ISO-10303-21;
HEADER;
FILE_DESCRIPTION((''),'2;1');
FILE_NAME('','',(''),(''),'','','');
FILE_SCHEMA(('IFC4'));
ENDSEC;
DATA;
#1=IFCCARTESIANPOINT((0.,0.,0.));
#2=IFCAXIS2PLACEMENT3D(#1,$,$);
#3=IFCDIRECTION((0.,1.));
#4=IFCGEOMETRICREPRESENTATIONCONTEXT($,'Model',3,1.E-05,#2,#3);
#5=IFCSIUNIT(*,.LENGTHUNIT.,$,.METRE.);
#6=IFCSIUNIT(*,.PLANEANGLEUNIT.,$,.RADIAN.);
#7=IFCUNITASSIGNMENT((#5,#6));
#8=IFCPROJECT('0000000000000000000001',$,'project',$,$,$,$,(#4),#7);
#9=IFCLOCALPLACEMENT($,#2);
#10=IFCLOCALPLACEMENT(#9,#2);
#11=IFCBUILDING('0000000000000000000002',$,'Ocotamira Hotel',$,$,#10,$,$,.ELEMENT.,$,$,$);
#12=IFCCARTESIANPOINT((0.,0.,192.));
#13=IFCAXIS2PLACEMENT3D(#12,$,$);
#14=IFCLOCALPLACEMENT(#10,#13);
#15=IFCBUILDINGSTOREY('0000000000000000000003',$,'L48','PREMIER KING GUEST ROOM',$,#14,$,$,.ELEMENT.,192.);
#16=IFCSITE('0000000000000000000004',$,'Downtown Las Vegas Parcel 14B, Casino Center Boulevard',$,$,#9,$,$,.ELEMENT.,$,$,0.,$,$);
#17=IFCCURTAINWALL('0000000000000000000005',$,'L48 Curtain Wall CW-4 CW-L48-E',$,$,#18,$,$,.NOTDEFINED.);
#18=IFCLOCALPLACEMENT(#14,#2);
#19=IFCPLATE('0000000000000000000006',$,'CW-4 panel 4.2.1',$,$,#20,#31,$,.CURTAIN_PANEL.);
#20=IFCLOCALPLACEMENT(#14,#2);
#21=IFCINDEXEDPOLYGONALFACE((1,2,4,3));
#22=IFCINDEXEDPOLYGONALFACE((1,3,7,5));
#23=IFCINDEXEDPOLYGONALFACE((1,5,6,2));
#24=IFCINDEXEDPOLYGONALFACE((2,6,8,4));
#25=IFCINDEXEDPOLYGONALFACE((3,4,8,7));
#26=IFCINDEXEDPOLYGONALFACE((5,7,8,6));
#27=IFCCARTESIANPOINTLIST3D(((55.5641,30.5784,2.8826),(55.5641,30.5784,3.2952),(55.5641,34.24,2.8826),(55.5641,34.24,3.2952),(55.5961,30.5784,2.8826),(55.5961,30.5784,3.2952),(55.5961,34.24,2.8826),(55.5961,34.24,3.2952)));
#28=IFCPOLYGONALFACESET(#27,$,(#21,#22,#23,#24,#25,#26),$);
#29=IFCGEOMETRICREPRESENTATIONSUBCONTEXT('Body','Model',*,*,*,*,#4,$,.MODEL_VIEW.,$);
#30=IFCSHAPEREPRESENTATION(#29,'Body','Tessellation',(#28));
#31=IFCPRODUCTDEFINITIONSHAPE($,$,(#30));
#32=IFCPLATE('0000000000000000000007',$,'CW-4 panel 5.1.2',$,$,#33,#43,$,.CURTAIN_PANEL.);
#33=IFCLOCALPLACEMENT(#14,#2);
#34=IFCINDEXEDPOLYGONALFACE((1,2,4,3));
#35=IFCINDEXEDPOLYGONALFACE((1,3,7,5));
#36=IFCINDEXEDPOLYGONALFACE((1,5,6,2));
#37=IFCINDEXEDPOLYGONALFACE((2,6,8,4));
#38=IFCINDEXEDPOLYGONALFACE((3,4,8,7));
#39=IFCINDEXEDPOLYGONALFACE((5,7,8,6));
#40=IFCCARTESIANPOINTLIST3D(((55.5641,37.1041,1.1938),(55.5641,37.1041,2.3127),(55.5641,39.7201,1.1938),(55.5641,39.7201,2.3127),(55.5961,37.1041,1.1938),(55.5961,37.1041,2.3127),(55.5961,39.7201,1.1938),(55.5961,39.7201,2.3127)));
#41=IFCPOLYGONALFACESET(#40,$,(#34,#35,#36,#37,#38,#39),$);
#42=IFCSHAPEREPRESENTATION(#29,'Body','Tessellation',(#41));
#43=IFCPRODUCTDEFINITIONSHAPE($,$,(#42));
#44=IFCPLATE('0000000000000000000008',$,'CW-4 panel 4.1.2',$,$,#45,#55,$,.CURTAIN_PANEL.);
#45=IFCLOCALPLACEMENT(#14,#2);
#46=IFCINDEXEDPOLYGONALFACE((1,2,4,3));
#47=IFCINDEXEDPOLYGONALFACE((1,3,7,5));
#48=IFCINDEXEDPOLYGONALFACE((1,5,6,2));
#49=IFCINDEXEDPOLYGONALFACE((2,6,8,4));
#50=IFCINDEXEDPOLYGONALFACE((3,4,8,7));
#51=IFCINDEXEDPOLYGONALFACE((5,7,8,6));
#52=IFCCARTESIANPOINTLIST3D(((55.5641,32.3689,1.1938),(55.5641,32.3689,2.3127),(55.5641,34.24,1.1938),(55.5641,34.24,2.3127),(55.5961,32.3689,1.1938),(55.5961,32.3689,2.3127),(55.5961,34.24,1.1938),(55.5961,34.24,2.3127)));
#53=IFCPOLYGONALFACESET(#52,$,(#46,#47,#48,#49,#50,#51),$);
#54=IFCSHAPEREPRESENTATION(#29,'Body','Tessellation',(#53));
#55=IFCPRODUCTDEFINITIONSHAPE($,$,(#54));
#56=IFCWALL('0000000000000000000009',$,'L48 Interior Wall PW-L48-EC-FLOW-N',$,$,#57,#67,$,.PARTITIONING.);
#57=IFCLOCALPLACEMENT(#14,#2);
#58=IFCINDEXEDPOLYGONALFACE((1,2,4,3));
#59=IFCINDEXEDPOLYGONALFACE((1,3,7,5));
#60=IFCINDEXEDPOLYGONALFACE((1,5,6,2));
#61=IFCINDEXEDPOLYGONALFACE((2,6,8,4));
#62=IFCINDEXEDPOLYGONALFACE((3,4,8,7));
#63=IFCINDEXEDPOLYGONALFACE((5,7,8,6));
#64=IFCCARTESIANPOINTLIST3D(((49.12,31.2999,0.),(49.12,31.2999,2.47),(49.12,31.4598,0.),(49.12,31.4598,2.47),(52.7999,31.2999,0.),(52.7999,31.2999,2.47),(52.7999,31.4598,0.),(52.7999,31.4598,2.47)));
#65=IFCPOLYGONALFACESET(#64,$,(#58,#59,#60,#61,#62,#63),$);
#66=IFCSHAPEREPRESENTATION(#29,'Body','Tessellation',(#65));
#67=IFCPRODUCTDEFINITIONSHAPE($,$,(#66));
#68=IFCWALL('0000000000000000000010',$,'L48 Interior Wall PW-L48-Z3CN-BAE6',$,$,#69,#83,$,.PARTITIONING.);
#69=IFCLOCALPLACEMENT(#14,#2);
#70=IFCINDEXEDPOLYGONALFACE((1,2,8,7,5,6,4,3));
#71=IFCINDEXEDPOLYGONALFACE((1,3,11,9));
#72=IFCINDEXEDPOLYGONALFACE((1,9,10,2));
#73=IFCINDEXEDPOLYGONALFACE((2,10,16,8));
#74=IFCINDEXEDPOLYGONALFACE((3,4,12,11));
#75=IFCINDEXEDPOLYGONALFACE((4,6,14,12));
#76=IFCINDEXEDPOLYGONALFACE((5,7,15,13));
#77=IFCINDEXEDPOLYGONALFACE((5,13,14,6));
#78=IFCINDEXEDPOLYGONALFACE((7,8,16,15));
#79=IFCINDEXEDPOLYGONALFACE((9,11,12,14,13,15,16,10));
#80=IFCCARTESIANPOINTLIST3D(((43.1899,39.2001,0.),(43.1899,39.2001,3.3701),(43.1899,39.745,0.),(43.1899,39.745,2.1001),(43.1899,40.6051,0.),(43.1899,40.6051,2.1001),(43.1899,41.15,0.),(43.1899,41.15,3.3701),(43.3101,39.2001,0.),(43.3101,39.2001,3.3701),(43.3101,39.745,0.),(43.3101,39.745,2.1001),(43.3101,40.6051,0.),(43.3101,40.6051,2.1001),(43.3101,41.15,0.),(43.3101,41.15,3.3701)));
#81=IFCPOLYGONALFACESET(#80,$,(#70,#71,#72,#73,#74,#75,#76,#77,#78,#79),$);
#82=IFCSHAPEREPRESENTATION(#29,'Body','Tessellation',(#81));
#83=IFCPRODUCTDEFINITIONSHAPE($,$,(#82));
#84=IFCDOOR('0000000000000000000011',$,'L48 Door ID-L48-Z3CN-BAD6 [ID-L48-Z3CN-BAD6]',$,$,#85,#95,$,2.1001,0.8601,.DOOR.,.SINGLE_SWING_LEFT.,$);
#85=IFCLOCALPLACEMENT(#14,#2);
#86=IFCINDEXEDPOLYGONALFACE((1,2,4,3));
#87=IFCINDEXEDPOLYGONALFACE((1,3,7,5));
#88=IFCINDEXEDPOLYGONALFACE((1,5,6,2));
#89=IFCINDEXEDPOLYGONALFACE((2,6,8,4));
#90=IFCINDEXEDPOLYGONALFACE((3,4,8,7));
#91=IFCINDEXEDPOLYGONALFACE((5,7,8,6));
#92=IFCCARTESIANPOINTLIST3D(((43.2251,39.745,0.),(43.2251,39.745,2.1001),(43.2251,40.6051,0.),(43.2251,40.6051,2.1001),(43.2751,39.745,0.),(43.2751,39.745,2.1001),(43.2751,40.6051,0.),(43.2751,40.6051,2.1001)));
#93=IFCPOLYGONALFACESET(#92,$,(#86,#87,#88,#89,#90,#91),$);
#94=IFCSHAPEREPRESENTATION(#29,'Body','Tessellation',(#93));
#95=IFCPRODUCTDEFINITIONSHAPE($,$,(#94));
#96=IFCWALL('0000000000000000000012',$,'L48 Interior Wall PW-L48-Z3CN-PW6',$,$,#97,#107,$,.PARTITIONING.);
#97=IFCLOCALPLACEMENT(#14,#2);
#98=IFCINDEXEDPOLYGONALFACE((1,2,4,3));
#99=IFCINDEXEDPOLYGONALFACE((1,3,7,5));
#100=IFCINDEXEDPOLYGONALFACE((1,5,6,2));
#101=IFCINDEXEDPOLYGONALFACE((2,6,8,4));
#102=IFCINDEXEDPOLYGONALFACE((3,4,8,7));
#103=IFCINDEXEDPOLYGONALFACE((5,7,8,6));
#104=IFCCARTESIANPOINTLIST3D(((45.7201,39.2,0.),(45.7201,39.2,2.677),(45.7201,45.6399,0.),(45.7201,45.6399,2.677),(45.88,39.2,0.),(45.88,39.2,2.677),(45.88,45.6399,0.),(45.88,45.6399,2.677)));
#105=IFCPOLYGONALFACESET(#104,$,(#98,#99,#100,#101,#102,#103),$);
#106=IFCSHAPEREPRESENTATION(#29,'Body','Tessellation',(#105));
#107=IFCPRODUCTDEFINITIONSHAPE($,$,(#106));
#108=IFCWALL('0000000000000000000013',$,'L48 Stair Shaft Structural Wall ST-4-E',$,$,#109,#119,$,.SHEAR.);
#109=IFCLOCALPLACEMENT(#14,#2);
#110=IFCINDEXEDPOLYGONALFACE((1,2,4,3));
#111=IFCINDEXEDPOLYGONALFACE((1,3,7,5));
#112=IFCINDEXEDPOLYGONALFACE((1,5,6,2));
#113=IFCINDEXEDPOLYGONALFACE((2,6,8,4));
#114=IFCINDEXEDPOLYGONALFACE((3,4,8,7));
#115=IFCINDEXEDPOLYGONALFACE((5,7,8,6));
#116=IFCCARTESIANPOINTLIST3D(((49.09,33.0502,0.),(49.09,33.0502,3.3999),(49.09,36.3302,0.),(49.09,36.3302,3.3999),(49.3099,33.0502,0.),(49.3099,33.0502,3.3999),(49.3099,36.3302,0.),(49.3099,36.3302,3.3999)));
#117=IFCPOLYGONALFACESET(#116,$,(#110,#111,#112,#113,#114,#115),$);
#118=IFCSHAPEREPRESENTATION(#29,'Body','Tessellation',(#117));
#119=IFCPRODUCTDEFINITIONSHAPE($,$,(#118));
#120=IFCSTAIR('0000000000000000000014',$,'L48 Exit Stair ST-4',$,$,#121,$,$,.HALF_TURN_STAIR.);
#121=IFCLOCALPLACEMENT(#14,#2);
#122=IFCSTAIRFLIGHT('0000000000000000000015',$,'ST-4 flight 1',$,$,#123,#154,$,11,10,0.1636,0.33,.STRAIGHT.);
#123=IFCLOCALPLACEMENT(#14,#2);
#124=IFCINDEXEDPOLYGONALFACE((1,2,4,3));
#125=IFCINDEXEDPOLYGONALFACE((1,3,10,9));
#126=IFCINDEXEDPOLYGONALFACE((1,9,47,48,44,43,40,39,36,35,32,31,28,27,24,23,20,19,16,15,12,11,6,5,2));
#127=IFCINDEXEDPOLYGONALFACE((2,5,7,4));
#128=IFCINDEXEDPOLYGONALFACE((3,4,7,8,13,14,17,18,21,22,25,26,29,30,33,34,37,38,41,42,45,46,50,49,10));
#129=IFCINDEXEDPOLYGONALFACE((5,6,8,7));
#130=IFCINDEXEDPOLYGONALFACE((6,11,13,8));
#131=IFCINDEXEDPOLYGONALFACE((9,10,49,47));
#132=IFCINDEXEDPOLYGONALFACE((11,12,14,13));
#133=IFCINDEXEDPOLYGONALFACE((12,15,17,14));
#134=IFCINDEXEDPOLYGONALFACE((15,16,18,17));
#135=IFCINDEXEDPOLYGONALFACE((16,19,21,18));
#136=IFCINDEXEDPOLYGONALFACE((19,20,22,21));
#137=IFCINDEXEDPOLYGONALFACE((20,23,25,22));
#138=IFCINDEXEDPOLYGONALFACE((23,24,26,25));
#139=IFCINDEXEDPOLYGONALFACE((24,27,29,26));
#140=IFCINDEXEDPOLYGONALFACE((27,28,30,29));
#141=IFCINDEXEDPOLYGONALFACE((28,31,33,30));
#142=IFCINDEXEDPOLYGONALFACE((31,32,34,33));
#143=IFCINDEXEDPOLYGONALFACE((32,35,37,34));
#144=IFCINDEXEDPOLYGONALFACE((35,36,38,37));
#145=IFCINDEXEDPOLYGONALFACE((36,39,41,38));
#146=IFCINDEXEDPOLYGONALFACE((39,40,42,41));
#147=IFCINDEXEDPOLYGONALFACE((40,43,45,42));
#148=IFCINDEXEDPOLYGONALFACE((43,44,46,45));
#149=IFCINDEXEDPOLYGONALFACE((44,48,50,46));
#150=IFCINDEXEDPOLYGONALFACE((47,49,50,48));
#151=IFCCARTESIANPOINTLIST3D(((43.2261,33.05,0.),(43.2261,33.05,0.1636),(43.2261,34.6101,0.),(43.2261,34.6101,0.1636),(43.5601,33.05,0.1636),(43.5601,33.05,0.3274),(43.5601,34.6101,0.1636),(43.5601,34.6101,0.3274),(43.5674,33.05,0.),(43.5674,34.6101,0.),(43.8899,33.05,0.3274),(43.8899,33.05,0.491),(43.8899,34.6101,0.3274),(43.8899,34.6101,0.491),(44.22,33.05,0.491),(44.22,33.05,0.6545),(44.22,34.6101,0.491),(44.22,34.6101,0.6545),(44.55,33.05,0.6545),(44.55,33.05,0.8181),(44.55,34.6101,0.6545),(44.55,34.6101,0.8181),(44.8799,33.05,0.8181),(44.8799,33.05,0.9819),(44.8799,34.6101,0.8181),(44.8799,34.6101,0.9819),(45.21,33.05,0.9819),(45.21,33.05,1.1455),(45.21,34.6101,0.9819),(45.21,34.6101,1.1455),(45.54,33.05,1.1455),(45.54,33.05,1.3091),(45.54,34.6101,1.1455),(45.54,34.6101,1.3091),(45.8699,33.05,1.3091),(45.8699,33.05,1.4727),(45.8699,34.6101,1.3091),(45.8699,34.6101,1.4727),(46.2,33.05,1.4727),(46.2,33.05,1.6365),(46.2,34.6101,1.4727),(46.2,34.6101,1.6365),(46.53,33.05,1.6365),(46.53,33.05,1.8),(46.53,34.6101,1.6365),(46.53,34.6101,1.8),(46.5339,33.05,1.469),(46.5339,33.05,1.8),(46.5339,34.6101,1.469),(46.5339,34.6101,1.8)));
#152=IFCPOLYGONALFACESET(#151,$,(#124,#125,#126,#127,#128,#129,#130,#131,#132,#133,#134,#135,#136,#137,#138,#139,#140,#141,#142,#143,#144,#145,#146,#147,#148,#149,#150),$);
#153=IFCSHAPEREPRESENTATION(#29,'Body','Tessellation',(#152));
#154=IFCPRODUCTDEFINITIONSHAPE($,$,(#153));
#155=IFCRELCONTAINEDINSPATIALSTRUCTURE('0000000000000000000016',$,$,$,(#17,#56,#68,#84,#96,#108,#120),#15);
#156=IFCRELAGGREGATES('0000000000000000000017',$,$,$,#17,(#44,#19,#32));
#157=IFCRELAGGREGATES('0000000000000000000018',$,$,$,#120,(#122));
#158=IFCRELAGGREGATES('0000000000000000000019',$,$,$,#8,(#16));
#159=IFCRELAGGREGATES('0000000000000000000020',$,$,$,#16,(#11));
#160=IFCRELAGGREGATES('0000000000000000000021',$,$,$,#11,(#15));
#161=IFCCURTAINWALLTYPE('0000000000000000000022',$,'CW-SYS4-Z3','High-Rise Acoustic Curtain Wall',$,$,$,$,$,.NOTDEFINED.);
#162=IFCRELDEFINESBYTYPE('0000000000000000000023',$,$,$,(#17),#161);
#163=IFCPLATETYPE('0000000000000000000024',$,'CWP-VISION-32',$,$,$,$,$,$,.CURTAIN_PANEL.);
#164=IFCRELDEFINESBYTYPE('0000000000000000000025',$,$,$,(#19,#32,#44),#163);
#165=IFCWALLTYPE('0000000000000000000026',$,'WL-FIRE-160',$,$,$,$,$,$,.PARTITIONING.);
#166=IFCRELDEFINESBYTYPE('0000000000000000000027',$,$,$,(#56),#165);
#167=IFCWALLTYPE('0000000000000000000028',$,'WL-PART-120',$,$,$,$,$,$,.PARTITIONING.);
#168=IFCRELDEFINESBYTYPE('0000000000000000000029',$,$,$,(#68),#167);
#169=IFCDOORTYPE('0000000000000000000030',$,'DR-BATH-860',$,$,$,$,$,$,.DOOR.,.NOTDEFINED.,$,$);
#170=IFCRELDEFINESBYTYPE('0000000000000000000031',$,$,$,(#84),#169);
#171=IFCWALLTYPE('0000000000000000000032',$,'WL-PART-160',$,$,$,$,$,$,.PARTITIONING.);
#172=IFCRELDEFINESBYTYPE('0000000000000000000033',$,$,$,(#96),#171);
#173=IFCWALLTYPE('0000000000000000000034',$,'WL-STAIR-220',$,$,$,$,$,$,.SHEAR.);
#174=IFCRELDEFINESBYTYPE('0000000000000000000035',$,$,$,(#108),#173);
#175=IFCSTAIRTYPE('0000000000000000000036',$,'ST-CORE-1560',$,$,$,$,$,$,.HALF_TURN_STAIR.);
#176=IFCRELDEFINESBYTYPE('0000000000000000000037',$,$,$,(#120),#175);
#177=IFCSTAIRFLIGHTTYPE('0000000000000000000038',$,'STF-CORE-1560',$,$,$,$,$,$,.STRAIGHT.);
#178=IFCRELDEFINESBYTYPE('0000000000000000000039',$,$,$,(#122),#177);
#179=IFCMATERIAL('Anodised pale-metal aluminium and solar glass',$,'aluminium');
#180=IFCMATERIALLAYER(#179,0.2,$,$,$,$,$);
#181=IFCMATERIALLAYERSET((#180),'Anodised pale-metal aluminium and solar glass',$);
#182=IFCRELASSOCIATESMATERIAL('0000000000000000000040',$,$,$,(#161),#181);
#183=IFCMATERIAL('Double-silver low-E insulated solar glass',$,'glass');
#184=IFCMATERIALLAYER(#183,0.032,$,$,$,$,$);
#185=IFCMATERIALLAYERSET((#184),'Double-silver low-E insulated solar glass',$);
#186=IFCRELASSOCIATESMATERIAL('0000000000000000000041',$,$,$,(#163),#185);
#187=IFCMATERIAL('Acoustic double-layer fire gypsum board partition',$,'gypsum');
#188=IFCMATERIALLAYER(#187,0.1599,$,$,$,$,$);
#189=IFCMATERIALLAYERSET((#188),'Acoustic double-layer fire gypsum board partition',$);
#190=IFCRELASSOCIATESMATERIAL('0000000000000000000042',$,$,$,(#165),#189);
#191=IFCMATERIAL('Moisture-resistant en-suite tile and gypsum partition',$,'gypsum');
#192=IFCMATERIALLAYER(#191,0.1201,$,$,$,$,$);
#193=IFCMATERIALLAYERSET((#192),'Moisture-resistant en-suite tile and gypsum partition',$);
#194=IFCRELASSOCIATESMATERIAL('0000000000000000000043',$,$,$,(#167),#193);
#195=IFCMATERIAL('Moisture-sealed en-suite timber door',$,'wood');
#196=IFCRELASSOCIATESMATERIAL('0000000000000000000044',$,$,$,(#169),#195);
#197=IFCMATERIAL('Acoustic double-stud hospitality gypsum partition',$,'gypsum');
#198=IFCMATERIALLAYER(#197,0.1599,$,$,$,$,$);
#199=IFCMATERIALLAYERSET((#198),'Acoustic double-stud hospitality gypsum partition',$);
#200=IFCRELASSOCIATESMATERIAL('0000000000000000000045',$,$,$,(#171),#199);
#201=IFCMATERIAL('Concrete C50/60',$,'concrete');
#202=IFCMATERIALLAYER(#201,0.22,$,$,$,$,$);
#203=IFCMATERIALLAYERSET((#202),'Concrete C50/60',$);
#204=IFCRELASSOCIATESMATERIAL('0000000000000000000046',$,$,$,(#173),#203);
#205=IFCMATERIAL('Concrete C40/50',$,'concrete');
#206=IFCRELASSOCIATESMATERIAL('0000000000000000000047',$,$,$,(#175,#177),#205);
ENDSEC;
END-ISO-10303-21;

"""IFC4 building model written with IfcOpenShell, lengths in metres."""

from ifc_helpers import new_model, si_unit, direction, frame, frame_2d, origin, origin_2d, place, context, subcontext, project, spatial, polyline, rectangle, outline, extrude, source, transform, mapped, material, layer, layer_set, type_object, element, fill, aggregate, save


model = new_model("IFC4")

# Units and contexts
model_context = context("Model", 3, precision=1e-05, world=origin(), true_north=direction((0.0, 1.0)))
body_context = subcontext(model_context, "Body", "Model", "MODEL_VIEW")
ifc_project = project(units=[si_unit("LENGTHUNIT", "METRE"), si_unit("PLANEANGLEUNIT", "RADIAN")], contexts=[model_context])

# Site, building, storey
site_placement = place(None, origin())
site = spatial("IfcSite", under=ifc_project, at=site_placement, Name="Downtown Las Vegas Parcel 14B, Casino Center Boulevard", CompositionType="ELEMENT", RefElevation=0.0)
building_placement = place(site_placement, origin())
building = spatial("IfcBuilding", under=site, at=building_placement, Name="Ocotamira Hotel", CompositionType="ELEMENT")
storey_placement = place(building_placement, frame((0.0, 0.0, 192.0)))
storey = spatial("IfcBuildingStorey", under=building, at=storey_placement, Name="L48", Description="PREMIER KING GUEST ROOM", CompositionType="ELEMENT", Elevation=192.0)

# Curtain wall
ifc_material_1 = material(Name="Anodised pale-metal aluminium and solar glass", Category="aluminium")
ifc_layer_1 = layer(ifc_material_1, 0.2)
ifc_layer_set_1 = layer_set([ifc_layer_1], Name="Anodised pale-metal aluminium and solar glass")
curtain_wall_type = type_object("IfcCurtainWallType", Name="CW-SYS4-Z3", Description="High-Rise Acoustic Curtain Wall", PredefinedType="NOTDEFINED", material=ifc_layer_set_1)
curtain_wall_placement = place(storey_placement, origin())
curtain_wall = element("IfcCurtainWall", 1, at=curtain_wall_placement, inside=storey, type_object=curtain_wall_type, Name="L48 Curtain Wall CW-4 CW-L48-E", PredefinedType="NOTDEFINED")

# Plates
ifc_material_2 = material(Name="Double-silver low-E insulated solar glass", Category="glass")
ifc_layer_2 = layer(ifc_material_2, 0.032)
ifc_layer_set_2 = layer_set([ifc_layer_2], Name="Double-silver low-E insulated solar glass")
plate_type_1 = type_object("IfcPlateType", Name="CWP-VISION-32", PredefinedType="CURTAIN_PANEL", material=ifc_layer_set_2)
shared_shape_1 = source(origin(), body_context, "Body", "SweptSolid", [
    extrude(rectangle(XDim=3.6616, YDim=0.032, at=origin_2d()), origin(), (0.0, 0.0, 1.0), 0.4126),
])
plate_1_placement = place(storey_placement, frame((55.5801, 32.4092, 2.8826), z_axis=(0.0, 0.0, 1.0), x_axis=(0.0, 1.0, 0.0)))
plate_1 = element("IfcPlate", 2, at=plate_1_placement, type_object=plate_type_1, Name="CW-4 panel 4.2.1", PredefinedType="CURTAIN_PANEL", context=body_context, shape_type="MappedRepresentation", body=[
    mapped(shared_shape_1, transform((0.0, 0.0, 0.0), scale=1.0)),
])
shared_shape_2 = source(origin(), body_context, "Body", "SweptSolid", [
    extrude(rectangle(XDim=2.616, YDim=0.032, at=origin_2d()), origin(), (0.0, 0.0, 1.0), 1.1189),
])
plate_2_placement = place(storey_placement, frame((55.5801, 38.4121, 1.1938), z_axis=(0.0, 0.0, 1.0), x_axis=(0.0, 1.0, 0.0)))
plate_2 = element("IfcPlate", 3, at=plate_2_placement, type_object=plate_type_1, Name="CW-4 panel 5.1.2", PredefinedType="CURTAIN_PANEL", context=body_context, shape_type="MappedRepresentation", body=[
    mapped(shared_shape_2, transform((0.0, 0.0, 0.0), scale=1.0)),
])
shared_shape_3 = source(origin(), body_context, "Body", "SweptSolid", [
    extrude(rectangle(XDim=1.8711, YDim=0.032, at=origin_2d()), origin(), (0.0, 0.0, 1.0), 1.1189),
])
plate_3_placement = place(storey_placement, frame((55.5801, 33.3044, 1.1938), z_axis=(0.0, 0.0, 1.0), x_axis=(0.0, 1.0, 0.0)))
plate_3 = element("IfcPlate", 4, at=plate_3_placement, type_object=plate_type_1, Name="CW-4 panel 4.1.2", PredefinedType="CURTAIN_PANEL", context=body_context, shape_type="MappedRepresentation", body=[
    mapped(shared_shape_3, transform((0.0, 0.0, 0.0), scale=1.0)),
])
aggregate(curtain_wall, [plate_3, plate_1, plate_2])

# Wall
ifc_material_3 = material(Name="Acoustic double-layer fire gypsum board partition", Category="gypsum")
ifc_layer_3 = layer(ifc_material_3, 0.1599)
ifc_layer_set_3 = layer_set([ifc_layer_3], Name="Acoustic double-layer fire gypsum board partition")
wall_type_1 = type_object("IfcWallType", Name="WL-FIRE-160", PredefinedType="PARTITIONING", material=ifc_layer_set_3)
wall_1_placement = place(storey_placement, frame((49.1201, 31.3799, 0.0), z_axis=(0.0, 0.0, 1.0), x_axis=(1.0, 0.0, 0.0)))
element("IfcWall", 5, at=wall_1_placement, inside=storey, type_object=wall_type_1, Name="L48 Interior Wall PW-L48-EC-FLOW-N", PredefinedType="PARTITIONING", context=body_context, shape_type="SweptSolid", body=[
    extrude(rectangle(XDim=3.6799, YDim=0.1599, at=frame_2d((1.8398, 0.0))), origin(), (0.0, 0.0, 1.0), 2.47),
])

# Wall, opening, door
ifc_material_4 = material(Name="Moisture-resistant en-suite tile and gypsum partition", Category="gypsum")
ifc_layer_4 = layer(ifc_material_4, 0.1201)
ifc_layer_set_4 = layer_set([ifc_layer_4], Name="Moisture-resistant en-suite tile and gypsum partition")
wall_type_2 = type_object("IfcWallType", Name="WL-PART-120", PredefinedType="PARTITIONING", material=ifc_layer_set_4)
wall_2_placement = place(storey_placement, frame((43.25, 39.2, 0.0), z_axis=(0.0, 0.0, 1.0), x_axis=(0.0, 1.0, 0.0)))
wall_2 = element("IfcWall", 6, at=wall_2_placement, inside=storey, type_object=wall_type_2, Name="L48 Interior Wall PW-L48-Z3CN-BAE6", PredefinedType="PARTITIONING", context=body_context, shape_type="SweptSolid", body=[
    extrude(rectangle(XDim=1.95, YDim=0.1201, at=frame_2d((0.9751, 0.0))), origin(), (0.0, 0.0, 1.0), 3.3701),
])
opening_1_placement = place(wall_2_placement, frame((0.5449, 0.0, 0.0)))
opening_1 = element("IfcOpeningElement", 7, at=opening_1_placement, cuts=wall_2, PredefinedType="OPENING", context=body_context, shape_type="SweptSolid", body=[
    extrude(rectangle(XDim=0.8601, YDim=2.1001, at=frame_2d((0.4302, 1.05))), frame((0.0, 0.0701, 0.0), z_axis=(0.0, -1.0, 0.0), x_axis=(1.0, 0.0, 0.0)), (0.0, 0.0, 1.0), 0.1401),
])
ifc_material_5 = material(Name="Moisture-sealed en-suite timber door", Category="wood")
door_type_1 = type_object("IfcDoorType", Name="DR-BATH-860", OperationType="NOTDEFINED", PredefinedType="DOOR", material=ifc_material_5)
shared_shape_4 = source(origin(), body_context, "Body", "SweptSolid", [
    extrude(rectangle(XDim=0.8601, YDim=2.1001, at=frame_2d((0.4302, 1.05))), frame((0.0, 0.0249, 0.0), z_axis=(0.0, -1.0, 0.0), x_axis=(1.0, 0.0, 0.0)), (0.0, 0.0, 1.0), 0.05),
])
door_1_placement = place(opening_1_placement, origin())
door_1 = element("IfcDoor", 8, at=door_1_placement, inside=storey, type_object=door_type_1, Name="L48 Door ID-L48-Z3CN-BAD6 [ID-L48-Z3CN-BAD6]", OperationType="SINGLE_SWING_LEFT", OverallHeight=2.1001, OverallWidth=0.8601, PredefinedType="DOOR", context=body_context, shape_type="MappedRepresentation", body=[
    mapped(shared_shape_4, transform((0.0, 0.0, 0.0), scale=1.0)),
])
fill(opening_1, door_1)

# Walls
ifc_material_6 = material(Name="Acoustic double-stud hospitality gypsum partition", Category="gypsum")
ifc_layer_5 = layer(ifc_material_6, 0.1599)
ifc_layer_set_5 = layer_set([ifc_layer_5], Name="Acoustic double-stud hospitality gypsum partition")
wall_type_3 = type_object("IfcWallType", Name="WL-PART-160", PredefinedType="PARTITIONING", material=ifc_layer_set_5)
wall_3_placement = place(storey_placement, frame((45.8, 39.2, 0.0), z_axis=(0.0, 0.0, 1.0), x_axis=(0.0, 1.0, 0.0)))
element("IfcWall", 9, at=wall_3_placement, inside=storey, type_object=wall_type_3, Name="L48 Interior Wall PW-L48-Z3CN-PW6", PredefinedType="PARTITIONING", context=body_context, shape_type="SweptSolid", body=[
    extrude(rectangle(XDim=6.4399, YDim=0.1599, at=frame_2d((3.22, 0.0))), origin(), (0.0, 0.0, 1.0), 2.677),
])
ifc_material_7 = material(Name="Concrete C50/60", Category="concrete")
ifc_layer_6 = layer(ifc_material_7, 0.22)
ifc_layer_set_6 = layer_set([ifc_layer_6], Name="Concrete C50/60")
wall_type_4 = type_object("IfcWallType", Name="WL-STAIR-220", PredefinedType="SHEAR", material=ifc_layer_set_6)
wall_4_placement = place(storey_placement, frame((49.2, 33.05, 0.0), z_axis=(0.0, 0.0, 1.0), x_axis=(0.0, 1.0, 0.0)))
element("IfcWall", 10, at=wall_4_placement, inside=storey, type_object=wall_type_4, Name="L48 Stair Shaft Structural Wall ST-4-E", PredefinedType="SHEAR", context=body_context, shape_type="SweptSolid", body=[
    extrude(rectangle(XDim=3.28, YDim=0.22, at=frame_2d((1.6401, 0.0))), origin(), (0.0, 0.0, 1.0), 3.3999),
])

# Stair, stair flight
ifc_material_8 = material(Name="Concrete C40/50", Category="concrete")
stair_type = type_object("IfcStairType", Name="ST-CORE-1560", PredefinedType="HALF_TURN_STAIR", material=ifc_material_8)
stair_placement = place(storey_placement, origin())
stair = element("IfcStair", 11, at=stair_placement, inside=storey, type_object=stair_type, Name="L48 Exit Stair ST-4", PredefinedType="HALF_TURN_STAIR")
stair_flight_type = type_object("IfcStairFlightType", Name="STF-CORE-1560", PredefinedType="STRAIGHT", material=ifc_material_8)
shared_shape_5 = source(origin(), body_context, "Body", "SweptSolid", [
    extrude(outline(polyline([(-0.0039, 0.0), (-0.0039, 0.1636), (0.3301, 0.1636), (0.3301, 0.3274), (0.6599, 0.3274), (0.6599, 0.491), (0.99, 0.491), (0.99, 0.6545), (1.3201, 0.6545), (1.3201, 0.8181), (1.6499, 0.8181), (1.6499, 0.9819), (1.98, 0.9819), (1.98, 1.1455), (2.3101, 1.1455), (2.3101, 1.3091), (2.6399, 1.3091), (2.6399, 1.4727), (2.97, 1.4727), (2.97, 1.6365), (3.3, 1.6365), (3.3, 1.8), (3.304, 1.8), (3.304, 1.469), (0.3374, 0.0), (-0.0039, 0.0)])), frame((0.0, 0.78, 0.0), z_axis=(0.0, -1.0, 0.0), x_axis=(1.0, 0.0, 0.0)), (0.0, 0.0, 1.0), 1.5601),
])
stair_flight_1_placement = place(storey_placement, frame((43.23, 33.8301, 0.0), z_axis=(0.0, 0.0, 1.0), x_axis=(1.0, 0.0, 0.0)))
stair_flight_1 = element("IfcStairFlight", 12, at=stair_flight_1_placement, type_object=stair_flight_type, Name="ST-4 flight 1", NumberOfRisers=11, NumberOfTreads=10, PredefinedType="STRAIGHT", RiserHeight=0.1636, TreadLength=0.33, context=body_context, shape_type="MappedRepresentation", body=[
    mapped(shared_shape_5, transform((0.0, 0.0, 0.0), scale=1.0)),
])
aggregate(stair, [stair_flight_1])

save(model, "model.ifc")
